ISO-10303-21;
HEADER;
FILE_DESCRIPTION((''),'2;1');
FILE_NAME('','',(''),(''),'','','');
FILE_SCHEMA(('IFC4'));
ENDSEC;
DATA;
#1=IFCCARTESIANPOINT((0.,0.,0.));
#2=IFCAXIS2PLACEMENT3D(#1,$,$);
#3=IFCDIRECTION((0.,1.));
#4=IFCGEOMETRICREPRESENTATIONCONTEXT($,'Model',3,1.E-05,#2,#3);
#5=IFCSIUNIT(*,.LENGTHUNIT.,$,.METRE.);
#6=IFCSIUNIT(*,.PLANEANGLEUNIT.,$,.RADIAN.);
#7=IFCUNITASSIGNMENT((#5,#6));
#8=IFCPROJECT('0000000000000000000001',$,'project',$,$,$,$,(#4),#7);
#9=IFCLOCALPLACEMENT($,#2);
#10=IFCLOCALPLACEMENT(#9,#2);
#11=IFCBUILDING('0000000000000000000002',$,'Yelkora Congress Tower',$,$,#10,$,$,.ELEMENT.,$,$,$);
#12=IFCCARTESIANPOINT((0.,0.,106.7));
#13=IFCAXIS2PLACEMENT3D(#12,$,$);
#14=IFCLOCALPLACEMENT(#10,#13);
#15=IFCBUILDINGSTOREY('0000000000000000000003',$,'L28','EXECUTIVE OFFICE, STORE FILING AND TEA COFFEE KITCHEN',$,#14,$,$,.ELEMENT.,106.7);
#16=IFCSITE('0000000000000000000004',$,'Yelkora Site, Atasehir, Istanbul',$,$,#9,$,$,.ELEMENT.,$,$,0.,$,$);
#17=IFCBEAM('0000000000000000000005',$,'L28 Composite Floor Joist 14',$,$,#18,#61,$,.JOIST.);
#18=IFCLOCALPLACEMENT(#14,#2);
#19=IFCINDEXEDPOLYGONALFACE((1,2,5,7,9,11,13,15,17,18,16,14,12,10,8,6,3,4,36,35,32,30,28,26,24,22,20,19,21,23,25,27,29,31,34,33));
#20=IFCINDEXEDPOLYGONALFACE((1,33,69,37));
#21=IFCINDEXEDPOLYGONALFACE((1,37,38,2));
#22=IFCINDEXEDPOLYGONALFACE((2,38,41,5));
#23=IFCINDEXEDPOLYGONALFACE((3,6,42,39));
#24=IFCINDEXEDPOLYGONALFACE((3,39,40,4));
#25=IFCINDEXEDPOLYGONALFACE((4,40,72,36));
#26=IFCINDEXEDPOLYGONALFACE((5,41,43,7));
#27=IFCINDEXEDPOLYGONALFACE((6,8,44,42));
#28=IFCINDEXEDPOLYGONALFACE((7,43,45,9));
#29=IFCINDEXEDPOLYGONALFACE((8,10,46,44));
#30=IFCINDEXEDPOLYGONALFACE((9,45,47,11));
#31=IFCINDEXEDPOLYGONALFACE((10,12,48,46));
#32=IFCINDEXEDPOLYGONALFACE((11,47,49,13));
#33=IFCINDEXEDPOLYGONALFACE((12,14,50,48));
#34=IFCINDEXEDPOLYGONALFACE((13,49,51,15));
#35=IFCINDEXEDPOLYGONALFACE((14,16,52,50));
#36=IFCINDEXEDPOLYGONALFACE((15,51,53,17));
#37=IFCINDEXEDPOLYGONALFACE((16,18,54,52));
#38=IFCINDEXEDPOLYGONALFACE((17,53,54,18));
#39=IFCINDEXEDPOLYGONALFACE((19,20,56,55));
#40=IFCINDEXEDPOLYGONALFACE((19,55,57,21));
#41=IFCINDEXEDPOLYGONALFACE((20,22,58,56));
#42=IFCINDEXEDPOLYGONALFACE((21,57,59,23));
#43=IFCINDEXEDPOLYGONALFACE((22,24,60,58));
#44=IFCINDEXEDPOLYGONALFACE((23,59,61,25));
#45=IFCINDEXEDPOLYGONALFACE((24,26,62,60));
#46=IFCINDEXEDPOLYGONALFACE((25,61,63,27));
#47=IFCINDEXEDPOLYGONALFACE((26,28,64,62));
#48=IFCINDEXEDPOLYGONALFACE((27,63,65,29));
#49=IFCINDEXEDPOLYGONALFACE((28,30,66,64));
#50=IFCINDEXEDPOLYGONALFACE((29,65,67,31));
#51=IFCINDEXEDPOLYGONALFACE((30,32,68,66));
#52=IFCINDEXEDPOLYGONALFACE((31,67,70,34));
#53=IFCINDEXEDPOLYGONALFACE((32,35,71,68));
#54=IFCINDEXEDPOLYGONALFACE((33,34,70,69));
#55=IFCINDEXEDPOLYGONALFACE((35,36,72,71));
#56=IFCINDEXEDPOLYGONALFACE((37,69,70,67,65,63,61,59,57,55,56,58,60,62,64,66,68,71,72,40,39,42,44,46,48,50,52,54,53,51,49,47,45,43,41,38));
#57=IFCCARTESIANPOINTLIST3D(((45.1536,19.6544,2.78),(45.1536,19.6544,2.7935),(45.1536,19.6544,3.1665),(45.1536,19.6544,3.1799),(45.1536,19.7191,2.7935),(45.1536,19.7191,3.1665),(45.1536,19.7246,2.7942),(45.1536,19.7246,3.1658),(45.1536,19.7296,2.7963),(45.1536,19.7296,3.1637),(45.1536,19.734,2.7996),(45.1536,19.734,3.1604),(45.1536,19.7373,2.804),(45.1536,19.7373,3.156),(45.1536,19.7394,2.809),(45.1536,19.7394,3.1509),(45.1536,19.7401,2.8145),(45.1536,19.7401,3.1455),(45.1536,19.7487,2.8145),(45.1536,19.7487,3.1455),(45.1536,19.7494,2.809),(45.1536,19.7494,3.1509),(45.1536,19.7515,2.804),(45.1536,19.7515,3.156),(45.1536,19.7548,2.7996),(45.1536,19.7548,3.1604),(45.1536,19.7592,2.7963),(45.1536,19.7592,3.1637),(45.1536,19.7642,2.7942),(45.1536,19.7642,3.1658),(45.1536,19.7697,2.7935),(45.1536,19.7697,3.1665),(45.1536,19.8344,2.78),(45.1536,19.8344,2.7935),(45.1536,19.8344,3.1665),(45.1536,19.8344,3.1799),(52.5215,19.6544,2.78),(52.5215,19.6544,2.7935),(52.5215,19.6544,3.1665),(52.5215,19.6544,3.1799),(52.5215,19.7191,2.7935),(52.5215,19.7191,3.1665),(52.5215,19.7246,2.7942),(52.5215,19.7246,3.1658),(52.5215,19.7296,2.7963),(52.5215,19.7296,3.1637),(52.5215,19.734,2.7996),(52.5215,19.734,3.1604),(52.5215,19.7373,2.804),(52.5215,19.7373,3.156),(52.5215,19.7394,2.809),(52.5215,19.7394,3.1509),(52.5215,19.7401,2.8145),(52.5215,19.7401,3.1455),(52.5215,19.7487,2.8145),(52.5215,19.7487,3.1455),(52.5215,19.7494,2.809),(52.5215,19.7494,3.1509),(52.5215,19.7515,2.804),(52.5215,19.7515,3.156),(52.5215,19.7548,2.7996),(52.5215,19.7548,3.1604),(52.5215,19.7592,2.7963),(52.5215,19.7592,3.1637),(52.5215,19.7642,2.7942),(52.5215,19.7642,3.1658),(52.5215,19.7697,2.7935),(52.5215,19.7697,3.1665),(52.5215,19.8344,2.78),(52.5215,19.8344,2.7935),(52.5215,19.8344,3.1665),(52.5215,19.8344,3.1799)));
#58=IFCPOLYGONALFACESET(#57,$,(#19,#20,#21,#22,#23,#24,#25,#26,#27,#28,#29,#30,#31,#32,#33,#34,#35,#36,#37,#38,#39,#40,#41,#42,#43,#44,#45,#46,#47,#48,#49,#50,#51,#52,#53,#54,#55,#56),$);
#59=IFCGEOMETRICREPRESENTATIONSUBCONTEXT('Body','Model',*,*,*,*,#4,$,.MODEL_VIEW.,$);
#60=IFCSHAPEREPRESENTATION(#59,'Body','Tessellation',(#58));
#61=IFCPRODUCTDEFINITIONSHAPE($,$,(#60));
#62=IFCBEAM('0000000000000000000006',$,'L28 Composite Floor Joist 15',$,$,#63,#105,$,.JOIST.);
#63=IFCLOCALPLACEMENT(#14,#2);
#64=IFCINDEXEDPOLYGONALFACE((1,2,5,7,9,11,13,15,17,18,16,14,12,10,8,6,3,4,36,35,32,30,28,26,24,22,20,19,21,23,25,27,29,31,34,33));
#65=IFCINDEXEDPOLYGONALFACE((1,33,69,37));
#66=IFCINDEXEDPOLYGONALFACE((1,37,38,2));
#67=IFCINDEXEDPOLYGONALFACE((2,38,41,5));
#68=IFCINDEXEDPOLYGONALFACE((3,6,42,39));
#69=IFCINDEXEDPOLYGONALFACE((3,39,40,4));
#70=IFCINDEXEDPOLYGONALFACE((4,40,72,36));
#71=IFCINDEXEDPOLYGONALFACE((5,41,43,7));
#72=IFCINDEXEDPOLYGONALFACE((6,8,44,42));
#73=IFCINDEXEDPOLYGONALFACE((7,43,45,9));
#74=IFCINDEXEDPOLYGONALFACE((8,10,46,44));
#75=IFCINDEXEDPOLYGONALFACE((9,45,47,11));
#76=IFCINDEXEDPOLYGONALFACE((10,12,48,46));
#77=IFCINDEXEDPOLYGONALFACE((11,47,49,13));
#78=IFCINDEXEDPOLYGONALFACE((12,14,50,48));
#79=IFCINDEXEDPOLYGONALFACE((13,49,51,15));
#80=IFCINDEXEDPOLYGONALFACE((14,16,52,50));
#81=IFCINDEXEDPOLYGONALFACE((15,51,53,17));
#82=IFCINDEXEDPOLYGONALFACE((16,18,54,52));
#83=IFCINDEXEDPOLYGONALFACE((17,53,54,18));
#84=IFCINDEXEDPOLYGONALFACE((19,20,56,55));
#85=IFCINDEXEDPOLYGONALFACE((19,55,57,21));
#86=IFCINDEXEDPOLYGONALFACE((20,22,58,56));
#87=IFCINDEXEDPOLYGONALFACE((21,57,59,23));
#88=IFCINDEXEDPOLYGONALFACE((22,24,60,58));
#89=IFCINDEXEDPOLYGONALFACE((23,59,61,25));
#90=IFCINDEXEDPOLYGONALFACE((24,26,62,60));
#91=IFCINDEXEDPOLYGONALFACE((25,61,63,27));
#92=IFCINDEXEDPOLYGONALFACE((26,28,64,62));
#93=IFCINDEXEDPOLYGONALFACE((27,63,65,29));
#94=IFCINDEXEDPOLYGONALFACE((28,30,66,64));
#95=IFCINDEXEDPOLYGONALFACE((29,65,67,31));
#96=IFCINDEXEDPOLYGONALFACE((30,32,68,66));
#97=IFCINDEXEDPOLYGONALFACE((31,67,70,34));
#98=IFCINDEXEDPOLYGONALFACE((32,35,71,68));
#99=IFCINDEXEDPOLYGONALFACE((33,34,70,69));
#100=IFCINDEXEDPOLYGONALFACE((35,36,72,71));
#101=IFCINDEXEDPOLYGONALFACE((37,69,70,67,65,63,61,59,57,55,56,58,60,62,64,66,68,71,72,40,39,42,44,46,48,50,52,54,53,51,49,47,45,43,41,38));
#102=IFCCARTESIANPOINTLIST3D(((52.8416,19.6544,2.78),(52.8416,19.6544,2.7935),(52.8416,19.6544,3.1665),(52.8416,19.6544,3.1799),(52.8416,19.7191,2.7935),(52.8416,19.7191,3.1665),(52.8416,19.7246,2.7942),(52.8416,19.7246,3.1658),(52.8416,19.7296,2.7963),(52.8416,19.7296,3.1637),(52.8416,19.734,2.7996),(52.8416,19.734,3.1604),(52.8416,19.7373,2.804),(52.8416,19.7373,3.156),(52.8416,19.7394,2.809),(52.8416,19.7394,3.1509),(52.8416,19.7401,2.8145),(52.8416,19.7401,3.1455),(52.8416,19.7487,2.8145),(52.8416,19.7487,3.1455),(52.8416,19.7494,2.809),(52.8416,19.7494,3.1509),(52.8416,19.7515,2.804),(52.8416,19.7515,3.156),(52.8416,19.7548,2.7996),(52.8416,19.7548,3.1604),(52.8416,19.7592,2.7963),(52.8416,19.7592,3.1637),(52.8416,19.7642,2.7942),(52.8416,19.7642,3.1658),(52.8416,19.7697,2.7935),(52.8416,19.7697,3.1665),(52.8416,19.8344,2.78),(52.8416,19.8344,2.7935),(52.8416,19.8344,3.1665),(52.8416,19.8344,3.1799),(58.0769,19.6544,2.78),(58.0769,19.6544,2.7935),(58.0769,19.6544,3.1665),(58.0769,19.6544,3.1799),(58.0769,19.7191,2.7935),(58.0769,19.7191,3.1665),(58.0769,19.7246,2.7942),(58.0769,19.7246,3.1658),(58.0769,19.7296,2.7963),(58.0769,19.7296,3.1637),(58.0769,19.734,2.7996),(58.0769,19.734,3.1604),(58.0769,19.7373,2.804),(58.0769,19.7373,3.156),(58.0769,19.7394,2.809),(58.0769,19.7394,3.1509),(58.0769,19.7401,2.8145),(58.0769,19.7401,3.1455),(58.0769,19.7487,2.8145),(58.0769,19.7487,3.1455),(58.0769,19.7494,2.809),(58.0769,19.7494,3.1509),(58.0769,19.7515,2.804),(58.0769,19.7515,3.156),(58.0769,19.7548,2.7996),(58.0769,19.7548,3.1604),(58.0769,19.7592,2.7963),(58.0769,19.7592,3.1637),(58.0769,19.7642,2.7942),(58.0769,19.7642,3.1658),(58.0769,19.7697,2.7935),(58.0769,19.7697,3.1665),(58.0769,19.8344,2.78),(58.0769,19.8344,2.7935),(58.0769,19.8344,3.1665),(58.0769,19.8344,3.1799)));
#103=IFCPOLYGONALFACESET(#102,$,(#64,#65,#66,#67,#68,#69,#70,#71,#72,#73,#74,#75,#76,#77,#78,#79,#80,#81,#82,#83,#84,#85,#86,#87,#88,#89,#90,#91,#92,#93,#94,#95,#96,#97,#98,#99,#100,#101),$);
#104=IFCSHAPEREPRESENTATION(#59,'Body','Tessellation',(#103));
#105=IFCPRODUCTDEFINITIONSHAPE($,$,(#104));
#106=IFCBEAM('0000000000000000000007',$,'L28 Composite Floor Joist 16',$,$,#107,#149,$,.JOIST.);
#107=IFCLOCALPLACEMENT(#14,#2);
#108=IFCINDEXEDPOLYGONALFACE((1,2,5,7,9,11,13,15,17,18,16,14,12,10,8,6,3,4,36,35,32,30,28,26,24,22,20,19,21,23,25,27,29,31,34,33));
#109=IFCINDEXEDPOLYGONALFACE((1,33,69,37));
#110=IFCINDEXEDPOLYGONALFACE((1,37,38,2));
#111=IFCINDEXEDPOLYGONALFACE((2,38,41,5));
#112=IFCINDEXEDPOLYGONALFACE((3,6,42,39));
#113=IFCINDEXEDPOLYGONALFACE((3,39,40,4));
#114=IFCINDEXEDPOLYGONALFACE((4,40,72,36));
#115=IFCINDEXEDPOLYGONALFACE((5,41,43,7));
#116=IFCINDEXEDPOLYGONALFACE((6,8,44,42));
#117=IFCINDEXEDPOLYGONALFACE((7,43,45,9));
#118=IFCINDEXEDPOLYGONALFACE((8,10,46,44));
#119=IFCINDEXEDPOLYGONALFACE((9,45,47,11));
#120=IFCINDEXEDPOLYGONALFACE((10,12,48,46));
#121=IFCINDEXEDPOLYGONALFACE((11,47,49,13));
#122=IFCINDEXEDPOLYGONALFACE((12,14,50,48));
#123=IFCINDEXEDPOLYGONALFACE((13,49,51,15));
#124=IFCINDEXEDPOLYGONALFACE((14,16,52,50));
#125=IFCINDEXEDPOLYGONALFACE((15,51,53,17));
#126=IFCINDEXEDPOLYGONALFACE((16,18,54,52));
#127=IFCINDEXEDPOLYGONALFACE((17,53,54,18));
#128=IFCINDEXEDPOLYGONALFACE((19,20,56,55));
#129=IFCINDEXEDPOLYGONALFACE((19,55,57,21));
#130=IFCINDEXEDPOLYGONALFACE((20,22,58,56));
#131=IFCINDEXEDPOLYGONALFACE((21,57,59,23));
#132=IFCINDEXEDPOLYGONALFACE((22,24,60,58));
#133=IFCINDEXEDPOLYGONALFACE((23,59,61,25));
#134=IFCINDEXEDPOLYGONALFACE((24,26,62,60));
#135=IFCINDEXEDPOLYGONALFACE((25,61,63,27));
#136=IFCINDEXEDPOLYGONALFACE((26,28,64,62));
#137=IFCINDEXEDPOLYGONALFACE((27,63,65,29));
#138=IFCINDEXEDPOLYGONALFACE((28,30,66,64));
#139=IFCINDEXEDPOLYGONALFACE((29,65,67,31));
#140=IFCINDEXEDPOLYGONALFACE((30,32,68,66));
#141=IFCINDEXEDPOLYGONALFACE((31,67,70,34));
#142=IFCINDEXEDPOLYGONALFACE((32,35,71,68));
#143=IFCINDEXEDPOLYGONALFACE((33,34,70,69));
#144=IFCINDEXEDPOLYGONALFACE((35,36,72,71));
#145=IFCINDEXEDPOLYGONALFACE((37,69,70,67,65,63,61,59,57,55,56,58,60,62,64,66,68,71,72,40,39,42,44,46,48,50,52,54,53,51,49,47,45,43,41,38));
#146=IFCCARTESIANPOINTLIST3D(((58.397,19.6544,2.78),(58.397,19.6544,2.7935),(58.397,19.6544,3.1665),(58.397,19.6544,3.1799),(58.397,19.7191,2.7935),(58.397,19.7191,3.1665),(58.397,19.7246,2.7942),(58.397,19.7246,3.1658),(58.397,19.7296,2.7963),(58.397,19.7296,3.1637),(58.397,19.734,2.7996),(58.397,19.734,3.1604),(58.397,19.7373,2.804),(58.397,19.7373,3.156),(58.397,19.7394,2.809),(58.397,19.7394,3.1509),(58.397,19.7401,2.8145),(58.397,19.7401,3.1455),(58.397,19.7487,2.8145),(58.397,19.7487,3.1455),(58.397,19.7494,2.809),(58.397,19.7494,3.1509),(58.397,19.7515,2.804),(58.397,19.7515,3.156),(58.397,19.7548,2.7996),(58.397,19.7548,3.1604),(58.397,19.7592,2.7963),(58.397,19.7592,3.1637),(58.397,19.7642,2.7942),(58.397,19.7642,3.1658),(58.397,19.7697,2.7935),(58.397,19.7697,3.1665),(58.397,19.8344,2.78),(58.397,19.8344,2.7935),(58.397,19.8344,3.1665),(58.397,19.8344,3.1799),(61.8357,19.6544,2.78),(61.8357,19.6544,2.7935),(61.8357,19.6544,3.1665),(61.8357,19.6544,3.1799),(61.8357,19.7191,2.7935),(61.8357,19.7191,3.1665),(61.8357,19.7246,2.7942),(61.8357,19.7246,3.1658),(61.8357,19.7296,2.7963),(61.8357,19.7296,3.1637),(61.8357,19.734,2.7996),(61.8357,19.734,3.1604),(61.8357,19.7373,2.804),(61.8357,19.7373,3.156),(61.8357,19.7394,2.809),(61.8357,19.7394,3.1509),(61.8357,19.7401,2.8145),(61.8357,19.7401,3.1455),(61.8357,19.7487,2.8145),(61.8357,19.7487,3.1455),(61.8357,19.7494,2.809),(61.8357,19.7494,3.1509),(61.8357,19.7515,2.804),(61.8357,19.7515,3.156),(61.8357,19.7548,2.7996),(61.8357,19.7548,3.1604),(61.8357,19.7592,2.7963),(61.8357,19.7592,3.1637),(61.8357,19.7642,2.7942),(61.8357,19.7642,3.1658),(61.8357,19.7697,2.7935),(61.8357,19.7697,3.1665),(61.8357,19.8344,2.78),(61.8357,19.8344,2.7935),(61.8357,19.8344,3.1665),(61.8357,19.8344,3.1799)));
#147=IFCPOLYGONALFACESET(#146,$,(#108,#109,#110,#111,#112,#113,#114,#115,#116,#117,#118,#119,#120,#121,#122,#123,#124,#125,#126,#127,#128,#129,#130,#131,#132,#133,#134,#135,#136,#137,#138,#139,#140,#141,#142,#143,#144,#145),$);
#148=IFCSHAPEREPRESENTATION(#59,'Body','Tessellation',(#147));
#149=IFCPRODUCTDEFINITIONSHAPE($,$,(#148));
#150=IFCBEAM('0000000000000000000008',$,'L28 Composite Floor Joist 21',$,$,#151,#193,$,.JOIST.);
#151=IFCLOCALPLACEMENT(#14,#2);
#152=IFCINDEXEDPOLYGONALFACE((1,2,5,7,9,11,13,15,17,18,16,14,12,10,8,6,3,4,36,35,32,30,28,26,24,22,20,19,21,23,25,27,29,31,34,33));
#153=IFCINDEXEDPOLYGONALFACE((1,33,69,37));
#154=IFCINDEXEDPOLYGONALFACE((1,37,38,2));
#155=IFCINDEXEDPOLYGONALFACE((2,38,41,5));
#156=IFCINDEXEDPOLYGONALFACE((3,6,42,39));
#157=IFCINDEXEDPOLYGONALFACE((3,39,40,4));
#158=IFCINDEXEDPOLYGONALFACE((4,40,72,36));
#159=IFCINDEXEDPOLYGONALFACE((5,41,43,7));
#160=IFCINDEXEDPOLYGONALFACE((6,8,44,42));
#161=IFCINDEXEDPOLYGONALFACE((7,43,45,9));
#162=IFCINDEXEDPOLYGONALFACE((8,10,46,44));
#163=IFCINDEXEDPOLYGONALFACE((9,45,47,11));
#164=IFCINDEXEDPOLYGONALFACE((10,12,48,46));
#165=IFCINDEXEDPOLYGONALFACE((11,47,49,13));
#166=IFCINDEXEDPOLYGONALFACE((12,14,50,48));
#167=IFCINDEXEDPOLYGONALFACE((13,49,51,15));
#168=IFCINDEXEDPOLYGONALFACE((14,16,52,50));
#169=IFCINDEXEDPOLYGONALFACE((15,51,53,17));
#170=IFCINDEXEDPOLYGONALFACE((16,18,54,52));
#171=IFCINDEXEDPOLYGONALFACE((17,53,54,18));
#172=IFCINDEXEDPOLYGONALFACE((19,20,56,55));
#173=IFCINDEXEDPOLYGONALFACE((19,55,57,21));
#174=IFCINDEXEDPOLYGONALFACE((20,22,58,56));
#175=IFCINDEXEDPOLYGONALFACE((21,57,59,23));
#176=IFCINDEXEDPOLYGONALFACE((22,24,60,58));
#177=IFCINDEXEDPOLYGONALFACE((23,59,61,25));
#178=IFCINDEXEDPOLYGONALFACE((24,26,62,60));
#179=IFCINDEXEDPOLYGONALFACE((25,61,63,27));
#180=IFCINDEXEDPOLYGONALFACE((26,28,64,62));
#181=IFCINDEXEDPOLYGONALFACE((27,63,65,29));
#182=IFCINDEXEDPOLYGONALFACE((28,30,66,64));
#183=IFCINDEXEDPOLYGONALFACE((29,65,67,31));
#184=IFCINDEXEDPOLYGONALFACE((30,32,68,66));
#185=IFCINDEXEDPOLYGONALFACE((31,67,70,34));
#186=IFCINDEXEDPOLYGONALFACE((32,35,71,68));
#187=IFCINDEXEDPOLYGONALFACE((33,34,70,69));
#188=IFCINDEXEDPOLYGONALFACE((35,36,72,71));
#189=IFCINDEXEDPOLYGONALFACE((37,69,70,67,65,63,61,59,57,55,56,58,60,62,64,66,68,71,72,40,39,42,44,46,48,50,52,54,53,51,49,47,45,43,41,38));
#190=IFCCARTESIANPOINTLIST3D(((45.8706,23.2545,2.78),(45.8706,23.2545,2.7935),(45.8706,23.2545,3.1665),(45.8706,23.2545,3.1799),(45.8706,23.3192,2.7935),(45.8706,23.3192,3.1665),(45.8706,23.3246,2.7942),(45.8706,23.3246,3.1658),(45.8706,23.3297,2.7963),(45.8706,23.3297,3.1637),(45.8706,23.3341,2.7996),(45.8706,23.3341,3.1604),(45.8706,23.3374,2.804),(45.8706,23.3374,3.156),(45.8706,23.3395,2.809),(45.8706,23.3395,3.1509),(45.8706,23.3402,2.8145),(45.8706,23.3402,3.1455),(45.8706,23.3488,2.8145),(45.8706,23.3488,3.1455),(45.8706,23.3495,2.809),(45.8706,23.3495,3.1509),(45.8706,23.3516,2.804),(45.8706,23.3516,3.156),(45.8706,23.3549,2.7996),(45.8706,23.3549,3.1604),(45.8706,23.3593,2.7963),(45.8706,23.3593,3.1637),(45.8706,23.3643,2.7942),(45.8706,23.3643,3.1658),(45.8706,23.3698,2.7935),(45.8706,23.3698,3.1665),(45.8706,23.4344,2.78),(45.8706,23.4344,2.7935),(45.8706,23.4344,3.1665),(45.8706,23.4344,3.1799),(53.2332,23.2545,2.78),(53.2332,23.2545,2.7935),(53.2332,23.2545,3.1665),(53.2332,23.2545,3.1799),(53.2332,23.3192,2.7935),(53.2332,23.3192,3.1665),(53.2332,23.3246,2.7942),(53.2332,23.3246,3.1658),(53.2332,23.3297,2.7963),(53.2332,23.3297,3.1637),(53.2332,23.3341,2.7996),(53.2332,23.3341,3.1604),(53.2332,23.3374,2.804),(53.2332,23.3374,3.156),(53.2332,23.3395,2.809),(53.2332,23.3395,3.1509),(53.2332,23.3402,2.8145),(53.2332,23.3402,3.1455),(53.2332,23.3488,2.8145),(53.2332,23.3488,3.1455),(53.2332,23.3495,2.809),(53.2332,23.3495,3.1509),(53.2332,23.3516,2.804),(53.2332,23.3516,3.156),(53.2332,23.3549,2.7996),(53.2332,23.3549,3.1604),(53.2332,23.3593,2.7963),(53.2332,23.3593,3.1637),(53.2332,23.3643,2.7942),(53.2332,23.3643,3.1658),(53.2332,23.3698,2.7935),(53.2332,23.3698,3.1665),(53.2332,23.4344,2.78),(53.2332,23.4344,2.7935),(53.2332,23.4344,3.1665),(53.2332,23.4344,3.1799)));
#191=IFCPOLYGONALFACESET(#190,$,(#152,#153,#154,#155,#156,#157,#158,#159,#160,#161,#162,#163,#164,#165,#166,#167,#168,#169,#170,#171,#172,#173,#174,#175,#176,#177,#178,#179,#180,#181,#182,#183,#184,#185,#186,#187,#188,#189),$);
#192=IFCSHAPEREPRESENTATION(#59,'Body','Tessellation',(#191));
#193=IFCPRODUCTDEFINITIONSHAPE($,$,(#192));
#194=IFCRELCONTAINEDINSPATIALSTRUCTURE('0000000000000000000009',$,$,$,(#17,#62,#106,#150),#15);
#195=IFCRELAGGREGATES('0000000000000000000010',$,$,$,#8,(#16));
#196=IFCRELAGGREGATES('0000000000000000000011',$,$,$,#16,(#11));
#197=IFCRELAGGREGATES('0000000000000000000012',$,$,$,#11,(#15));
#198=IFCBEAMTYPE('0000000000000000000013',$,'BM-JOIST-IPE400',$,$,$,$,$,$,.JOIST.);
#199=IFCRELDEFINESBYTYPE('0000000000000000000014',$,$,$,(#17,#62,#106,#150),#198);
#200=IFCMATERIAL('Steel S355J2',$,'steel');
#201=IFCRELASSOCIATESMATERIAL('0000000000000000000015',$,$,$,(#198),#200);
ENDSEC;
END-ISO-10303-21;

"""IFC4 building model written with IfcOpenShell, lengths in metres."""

from ifc_helpers import new_model, si_unit, direction, frame, origin, origin_2d, place, context, subcontext, project, spatial, i_section, extrude, material, material_profile, profile_set, type_object, element, save


model = new_model("IFC4")

# Units and contexts
model_context = context("Model", 3, precision=1e-05, world=origin(), true_north=direction((0.0, 1.0)))
body_context = subcontext(model_context, "Body", "Model", "MODEL_VIEW")
ifc_project = project(units=[si_unit("LENGTHUNIT", "METRE"), si_unit("PLANEANGLEUNIT", "RADIAN")], contexts=[model_context])

# Site, building, storey
site_placement = place(None, origin())
site = spatial("IfcSite", under=ifc_project, at=site_placement, Name="Yelkora Site, Atasehir, Istanbul", CompositionType="ELEMENT", RefElevation=0.0)
building_placement = place(site_placement, origin())
building = spatial("IfcBuilding", under=site, at=building_placement, Name="Yelkora Congress Tower", CompositionType="ELEMENT")
storey_placement = place(building_placement, frame((0.0, 0.0, 106.7)))
storey = spatial("IfcBuildingStorey", under=building, at=storey_placement, Name="L28", Description="EXECUTIVE OFFICE, STORE FILING AND TEA COFFEE KITCHEN", CompositionType="ELEMENT", Elevation=106.7)

# Beams
ifc_material_1 = material(Name="Steel S355J2", Category="steel")
ifc_material_profile_1 = material_profile(ifc_material_1, i_section(OverallWidth=0.1799, OverallDepth=0.3999, WebThickness=0.0085, FlangeThickness=0.0134, FilletRadius=0.021, at=origin_2d()), Name="IPE 400")
ifc_profile_set_1 = profile_set([ifc_material_profile_1], Name="Steel S355J2")
beam_type_1 = type_object("IfcBeamType", Name="BM-JOIST-IPE400", PredefinedType="JOIST", material=ifc_profile_set_1)
beam_1_placement = place(storey_placement, frame((45.1536, 19.7444, 2.98), z_axis=(1.0, 0.0, 0.0), x_axis=(0.0, 1.0, 0.0)))
element("IfcBeam", 1, at=beam_1_placement, inside=storey, type_object=beam_type_1, Name="L28 Composite Floor Joist 14", PredefinedType="JOIST", context=body_context, shape_type="SweptSolid", body=[
    extrude(i_section(OverallWidth=0.1799, OverallDepth=0.3999, WebThickness=0.0085, FlangeThickness=0.0134, FilletRadius=0.021, at=origin_2d()), origin(), (0.0, 0.0, 1.0), 7.3679),
])
beam_2_placement = place(storey_placement, frame((52.8416, 19.7444, 2.98), z_axis=(1.0, 0.0, 0.0), x_axis=(0.0, 1.0, 0.0)))
element("IfcBeam", 2, at=beam_2_placement, inside=storey, type_object=beam_type_1, Name="L28 Composite Floor Joist 15", PredefinedType="JOIST", context=body_context, shape_type="SweptSolid", body=[
    extrude(i_section(OverallWidth=0.1799, OverallDepth=0.3999, WebThickness=0.0085, FlangeThickness=0.0134, FilletRadius=0.021, at=origin_2d()), origin(), (0.0, 0.0, 1.0), 5.2354),
])
beam_3_placement = place(storey_placement, frame((58.397, 19.7444, 2.98), z_axis=(1.0, 0.0, 0.0), x_axis=(0.0, 1.0, 0.0)))
element("IfcBeam", 3, at=beam_3_placement, inside=storey, type_object=beam_type_1, Name="L28 Composite Floor Joist 16", PredefinedType="JOIST", context=body_context, shape_type="SweptSolid", body=[
    extrude(i_section(OverallWidth=0.1799, OverallDepth=0.3999, WebThickness=0.0085, FlangeThickness=0.0134, FilletRadius=0.021, at=origin_2d()), origin(), (0.0, 0.0, 1.0), 3.4387),
])
beam_4_placement = place(storey_placement, frame((45.8706, 23.3445, 2.98), z_axis=(1.0, 0.0, 0.0), x_axis=(0.0, 1.0, 0.0)))
element("IfcBeam", 4, at=beam_4_placement, inside=storey, type_object=beam_type_1, Name="L28 Composite Floor Joist 21", PredefinedType="JOIST", context=body_context, shape_type="SweptSolid", body=[
    extrude(i_section(OverallWidth=0.1799, OverallDepth=0.3999, WebThickness=0.0085, FlangeThickness=0.0134, FilletRadius=0.021, at=origin_2d()), origin(), (0.0, 0.0, 1.0), 7.3625),
])

save(model, "model.ifc")
